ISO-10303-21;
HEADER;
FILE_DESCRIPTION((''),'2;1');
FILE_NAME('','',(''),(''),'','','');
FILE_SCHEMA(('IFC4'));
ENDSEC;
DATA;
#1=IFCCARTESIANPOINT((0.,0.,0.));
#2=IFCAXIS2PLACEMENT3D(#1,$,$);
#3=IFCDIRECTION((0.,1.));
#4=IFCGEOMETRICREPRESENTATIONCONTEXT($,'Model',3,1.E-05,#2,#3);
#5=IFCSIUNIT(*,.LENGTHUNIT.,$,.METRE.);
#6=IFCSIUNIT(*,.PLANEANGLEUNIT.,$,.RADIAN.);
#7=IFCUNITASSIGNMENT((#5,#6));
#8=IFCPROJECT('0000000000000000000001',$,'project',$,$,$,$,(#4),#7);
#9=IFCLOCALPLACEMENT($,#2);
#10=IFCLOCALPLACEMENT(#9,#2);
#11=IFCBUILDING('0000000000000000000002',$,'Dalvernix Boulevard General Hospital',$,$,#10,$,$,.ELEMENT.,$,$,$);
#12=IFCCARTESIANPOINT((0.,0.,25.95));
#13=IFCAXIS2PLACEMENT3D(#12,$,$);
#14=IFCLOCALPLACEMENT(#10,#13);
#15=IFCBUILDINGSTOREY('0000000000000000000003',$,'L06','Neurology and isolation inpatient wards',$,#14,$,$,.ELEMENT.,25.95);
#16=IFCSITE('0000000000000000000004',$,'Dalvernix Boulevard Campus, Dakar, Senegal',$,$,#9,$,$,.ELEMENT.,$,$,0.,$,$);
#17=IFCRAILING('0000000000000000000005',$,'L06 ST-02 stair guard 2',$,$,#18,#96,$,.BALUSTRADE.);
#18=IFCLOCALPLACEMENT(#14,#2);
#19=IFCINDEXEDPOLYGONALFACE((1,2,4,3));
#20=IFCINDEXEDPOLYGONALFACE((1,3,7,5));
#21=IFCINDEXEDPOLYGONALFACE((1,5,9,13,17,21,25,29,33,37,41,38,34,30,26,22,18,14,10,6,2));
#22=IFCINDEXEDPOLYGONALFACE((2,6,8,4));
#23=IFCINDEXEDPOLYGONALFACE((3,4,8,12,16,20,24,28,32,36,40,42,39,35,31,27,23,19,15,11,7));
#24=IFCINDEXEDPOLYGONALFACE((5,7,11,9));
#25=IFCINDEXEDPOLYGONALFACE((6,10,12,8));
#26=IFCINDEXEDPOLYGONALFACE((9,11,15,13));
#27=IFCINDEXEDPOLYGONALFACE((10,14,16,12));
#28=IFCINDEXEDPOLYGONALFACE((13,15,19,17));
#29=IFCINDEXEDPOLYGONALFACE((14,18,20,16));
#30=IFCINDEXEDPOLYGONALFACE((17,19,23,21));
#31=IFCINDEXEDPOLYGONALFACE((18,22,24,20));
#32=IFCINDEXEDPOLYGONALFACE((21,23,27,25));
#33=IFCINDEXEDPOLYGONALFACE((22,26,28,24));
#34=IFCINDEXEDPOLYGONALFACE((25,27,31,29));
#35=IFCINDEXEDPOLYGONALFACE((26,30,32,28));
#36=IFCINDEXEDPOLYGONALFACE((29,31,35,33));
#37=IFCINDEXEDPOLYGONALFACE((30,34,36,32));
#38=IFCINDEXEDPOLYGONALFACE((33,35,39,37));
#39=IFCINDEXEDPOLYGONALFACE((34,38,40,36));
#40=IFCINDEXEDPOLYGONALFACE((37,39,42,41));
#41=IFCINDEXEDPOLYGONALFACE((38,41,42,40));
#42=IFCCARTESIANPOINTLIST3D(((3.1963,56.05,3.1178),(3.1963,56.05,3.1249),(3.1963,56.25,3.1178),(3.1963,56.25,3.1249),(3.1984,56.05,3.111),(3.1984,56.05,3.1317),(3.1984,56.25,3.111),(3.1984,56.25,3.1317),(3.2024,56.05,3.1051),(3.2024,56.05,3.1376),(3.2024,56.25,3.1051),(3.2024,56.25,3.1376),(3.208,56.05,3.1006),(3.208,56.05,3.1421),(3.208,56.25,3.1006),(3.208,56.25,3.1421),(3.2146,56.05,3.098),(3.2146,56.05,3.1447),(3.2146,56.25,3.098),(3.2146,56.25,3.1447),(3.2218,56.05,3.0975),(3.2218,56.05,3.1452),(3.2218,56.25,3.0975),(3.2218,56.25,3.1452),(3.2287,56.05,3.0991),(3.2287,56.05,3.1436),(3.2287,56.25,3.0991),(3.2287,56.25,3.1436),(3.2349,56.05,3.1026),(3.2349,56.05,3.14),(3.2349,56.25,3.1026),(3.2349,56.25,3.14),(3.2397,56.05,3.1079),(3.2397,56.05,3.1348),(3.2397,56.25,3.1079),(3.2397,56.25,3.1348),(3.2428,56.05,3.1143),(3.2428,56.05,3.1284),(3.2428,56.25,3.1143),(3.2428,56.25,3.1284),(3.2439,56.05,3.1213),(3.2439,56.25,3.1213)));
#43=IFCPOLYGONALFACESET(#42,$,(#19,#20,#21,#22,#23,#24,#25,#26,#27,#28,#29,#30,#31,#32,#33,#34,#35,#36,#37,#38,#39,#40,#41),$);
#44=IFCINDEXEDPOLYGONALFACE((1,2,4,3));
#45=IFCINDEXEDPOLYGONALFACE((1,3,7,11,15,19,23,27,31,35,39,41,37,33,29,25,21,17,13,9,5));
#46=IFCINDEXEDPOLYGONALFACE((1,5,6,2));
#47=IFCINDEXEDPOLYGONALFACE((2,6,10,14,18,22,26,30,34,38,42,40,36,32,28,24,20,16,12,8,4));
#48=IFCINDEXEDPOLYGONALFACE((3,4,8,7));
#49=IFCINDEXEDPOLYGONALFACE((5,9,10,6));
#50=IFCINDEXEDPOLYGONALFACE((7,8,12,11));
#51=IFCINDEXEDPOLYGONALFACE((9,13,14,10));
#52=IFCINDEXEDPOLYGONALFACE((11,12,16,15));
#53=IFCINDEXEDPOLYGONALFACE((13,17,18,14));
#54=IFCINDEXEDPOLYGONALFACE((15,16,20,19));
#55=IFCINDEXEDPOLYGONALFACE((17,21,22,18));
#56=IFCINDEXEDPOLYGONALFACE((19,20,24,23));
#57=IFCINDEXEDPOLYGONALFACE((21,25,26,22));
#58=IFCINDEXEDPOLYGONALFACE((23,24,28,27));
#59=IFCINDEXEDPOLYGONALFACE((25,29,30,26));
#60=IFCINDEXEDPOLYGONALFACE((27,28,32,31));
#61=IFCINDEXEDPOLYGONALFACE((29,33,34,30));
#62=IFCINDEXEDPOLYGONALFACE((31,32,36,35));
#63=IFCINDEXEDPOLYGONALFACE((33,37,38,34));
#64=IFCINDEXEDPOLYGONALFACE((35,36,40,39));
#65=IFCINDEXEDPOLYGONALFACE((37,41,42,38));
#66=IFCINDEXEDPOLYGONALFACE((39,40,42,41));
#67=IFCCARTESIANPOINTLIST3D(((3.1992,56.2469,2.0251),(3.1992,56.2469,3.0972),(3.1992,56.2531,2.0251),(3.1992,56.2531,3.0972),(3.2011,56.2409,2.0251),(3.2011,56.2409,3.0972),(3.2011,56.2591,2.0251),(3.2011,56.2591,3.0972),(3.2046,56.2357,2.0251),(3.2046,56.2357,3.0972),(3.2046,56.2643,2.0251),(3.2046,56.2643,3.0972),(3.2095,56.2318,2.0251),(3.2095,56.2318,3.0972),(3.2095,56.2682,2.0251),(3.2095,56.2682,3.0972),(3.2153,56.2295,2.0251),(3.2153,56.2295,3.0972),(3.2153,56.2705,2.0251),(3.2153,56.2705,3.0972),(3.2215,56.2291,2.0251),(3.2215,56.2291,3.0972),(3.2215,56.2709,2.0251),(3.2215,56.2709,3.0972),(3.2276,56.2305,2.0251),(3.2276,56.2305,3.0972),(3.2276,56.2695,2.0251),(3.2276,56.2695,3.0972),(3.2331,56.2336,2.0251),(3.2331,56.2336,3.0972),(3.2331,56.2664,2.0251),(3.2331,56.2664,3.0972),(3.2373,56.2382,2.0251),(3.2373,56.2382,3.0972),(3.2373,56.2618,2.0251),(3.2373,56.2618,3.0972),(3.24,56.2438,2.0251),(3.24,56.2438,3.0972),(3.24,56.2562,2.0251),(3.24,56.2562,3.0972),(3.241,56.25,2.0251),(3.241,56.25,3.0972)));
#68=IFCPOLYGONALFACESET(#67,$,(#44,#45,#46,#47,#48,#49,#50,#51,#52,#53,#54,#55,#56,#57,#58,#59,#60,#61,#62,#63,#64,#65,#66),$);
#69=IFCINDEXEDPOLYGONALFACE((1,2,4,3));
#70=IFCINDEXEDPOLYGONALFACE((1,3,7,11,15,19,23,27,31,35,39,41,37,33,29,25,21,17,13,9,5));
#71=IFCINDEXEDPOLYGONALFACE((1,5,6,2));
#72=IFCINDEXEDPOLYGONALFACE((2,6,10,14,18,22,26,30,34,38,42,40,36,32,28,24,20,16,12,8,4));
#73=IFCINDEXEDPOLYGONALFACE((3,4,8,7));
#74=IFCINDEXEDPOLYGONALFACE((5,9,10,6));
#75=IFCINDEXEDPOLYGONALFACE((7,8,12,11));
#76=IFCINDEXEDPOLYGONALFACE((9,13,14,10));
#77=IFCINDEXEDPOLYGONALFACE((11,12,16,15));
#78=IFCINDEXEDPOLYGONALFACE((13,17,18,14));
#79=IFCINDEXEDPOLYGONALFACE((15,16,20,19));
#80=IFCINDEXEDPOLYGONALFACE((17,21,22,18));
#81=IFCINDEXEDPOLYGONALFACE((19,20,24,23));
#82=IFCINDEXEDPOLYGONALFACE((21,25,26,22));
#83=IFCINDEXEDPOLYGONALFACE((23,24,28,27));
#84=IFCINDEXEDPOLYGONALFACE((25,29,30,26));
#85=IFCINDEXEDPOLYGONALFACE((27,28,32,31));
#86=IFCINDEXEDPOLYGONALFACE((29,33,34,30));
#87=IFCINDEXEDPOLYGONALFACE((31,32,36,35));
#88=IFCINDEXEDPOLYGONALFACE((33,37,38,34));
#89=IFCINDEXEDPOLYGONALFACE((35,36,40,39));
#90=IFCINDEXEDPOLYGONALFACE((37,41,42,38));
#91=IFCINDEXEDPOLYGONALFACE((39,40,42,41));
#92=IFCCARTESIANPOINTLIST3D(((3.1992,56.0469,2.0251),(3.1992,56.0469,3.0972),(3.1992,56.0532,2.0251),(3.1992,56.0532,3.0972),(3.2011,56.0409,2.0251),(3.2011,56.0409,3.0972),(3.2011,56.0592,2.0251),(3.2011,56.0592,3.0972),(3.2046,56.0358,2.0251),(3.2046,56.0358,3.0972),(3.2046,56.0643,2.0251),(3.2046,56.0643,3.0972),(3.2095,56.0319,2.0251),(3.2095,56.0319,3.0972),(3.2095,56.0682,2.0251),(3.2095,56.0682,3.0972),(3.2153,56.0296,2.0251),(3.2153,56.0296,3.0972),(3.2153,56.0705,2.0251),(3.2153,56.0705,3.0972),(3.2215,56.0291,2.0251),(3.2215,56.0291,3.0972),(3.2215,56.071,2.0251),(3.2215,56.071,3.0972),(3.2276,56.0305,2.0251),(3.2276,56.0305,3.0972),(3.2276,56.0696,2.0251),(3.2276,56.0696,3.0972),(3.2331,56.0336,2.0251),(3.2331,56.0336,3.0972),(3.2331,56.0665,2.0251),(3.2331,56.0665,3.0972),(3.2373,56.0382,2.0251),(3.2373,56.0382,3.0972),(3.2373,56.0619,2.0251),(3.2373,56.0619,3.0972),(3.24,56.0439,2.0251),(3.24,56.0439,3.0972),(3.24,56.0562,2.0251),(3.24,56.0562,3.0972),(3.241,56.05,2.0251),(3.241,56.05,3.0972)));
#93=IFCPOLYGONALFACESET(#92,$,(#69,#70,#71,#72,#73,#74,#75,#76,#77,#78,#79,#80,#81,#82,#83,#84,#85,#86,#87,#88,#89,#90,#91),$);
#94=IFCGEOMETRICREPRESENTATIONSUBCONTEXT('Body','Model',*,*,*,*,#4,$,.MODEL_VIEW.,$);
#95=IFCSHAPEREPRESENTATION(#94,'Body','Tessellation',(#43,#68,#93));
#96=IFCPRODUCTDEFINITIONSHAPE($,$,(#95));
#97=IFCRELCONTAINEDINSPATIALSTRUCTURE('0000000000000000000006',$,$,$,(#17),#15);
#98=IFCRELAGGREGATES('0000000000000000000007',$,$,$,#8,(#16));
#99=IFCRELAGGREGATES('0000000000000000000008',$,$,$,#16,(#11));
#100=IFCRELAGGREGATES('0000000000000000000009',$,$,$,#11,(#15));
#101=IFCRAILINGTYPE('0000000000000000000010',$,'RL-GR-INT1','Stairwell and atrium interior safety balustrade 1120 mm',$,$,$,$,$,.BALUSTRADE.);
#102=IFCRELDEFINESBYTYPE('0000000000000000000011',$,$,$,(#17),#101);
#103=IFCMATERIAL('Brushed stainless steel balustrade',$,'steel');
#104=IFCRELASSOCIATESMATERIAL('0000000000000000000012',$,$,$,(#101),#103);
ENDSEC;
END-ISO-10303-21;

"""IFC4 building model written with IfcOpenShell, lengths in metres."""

from ifc_helpers import new_model, si_unit, direction, frame, origin, origin_2d, place, context, subcontext, project, spatial, circle, extrude, material, type_object, element, save


model = new_model("IFC4")

# Units and contexts
model_context = context("Model", 3, precision=1e-05, world=origin(), true_north=direction((0.0, 1.0)))
body_context = subcontext(model_context, "Body", "Model", "MODEL_VIEW")
ifc_project = project(units=[si_unit("LENGTHUNIT", "METRE"), si_unit("PLANEANGLEUNIT", "RADIAN")], contexts=[model_context])

# Site, building, storey
site_placement = place(None, origin())
site = spatial("IfcSite", under=ifc_project, at=site_placement, Name="Dalvernix Boulevard Campus, Dakar, Senegal", CompositionType="ELEMENT", RefElevation=0.0)
building_placement = place(site_placement, origin())
building = spatial("IfcBuilding", under=site, at=building_placement, Name="Dalvernix Boulevard General Hospital", CompositionType="ELEMENT")
storey_placement = place(building_placement, frame((0.0, 0.0, 25.95)))
storey = spatial("IfcBuildingStorey", under=building, at=storey_placement, Name="L06", Description="Neurology and isolation inpatient wards", CompositionType="ELEMENT", Elevation=25.95)

# Railing
ifc_material_1 = material(Name="Brushed stainless steel balustrade", Category="steel")
railing_type_1 = type_object("IfcRailingType", Name="RL-GR-INT1", Description="Stairwell and atrium interior safety balustrade 1120 mm", PredefinedType="BALUSTRADE", material=ifc_material_1)
railing_1_placement = place(storey_placement, frame((3.22, 56.25, 2.0251)))
element("IfcRailing", 1, at=railing_1_placement, inside=storey, type_object=railing_type_1, Name="L06 ST-02 stair guard 2", PredefinedType="BALUSTRADE", context=body_context, shape_type="SweptSolid", body=[
    extrude(circle(Radius=0.0239, at=origin_2d()), frame((0.0, 0.0, 1.0962), z_axis=(0.0, -1.0, 0.0), x_axis=(1.0, 0.0, 0.0)), (0.0, 0.0, 1.0), 0.2),
    extrude(circle(Radius=0.021, at=origin_2d()), origin(), (0.0, 0.0, 1.0), 1.072),
    extrude(circle(Radius=0.021, at=origin_2d()), frame((0.0, -0.2, 0.0)), (0.0, 0.0, 1.0), 1.072),
])

save(model, "model.ifc")
